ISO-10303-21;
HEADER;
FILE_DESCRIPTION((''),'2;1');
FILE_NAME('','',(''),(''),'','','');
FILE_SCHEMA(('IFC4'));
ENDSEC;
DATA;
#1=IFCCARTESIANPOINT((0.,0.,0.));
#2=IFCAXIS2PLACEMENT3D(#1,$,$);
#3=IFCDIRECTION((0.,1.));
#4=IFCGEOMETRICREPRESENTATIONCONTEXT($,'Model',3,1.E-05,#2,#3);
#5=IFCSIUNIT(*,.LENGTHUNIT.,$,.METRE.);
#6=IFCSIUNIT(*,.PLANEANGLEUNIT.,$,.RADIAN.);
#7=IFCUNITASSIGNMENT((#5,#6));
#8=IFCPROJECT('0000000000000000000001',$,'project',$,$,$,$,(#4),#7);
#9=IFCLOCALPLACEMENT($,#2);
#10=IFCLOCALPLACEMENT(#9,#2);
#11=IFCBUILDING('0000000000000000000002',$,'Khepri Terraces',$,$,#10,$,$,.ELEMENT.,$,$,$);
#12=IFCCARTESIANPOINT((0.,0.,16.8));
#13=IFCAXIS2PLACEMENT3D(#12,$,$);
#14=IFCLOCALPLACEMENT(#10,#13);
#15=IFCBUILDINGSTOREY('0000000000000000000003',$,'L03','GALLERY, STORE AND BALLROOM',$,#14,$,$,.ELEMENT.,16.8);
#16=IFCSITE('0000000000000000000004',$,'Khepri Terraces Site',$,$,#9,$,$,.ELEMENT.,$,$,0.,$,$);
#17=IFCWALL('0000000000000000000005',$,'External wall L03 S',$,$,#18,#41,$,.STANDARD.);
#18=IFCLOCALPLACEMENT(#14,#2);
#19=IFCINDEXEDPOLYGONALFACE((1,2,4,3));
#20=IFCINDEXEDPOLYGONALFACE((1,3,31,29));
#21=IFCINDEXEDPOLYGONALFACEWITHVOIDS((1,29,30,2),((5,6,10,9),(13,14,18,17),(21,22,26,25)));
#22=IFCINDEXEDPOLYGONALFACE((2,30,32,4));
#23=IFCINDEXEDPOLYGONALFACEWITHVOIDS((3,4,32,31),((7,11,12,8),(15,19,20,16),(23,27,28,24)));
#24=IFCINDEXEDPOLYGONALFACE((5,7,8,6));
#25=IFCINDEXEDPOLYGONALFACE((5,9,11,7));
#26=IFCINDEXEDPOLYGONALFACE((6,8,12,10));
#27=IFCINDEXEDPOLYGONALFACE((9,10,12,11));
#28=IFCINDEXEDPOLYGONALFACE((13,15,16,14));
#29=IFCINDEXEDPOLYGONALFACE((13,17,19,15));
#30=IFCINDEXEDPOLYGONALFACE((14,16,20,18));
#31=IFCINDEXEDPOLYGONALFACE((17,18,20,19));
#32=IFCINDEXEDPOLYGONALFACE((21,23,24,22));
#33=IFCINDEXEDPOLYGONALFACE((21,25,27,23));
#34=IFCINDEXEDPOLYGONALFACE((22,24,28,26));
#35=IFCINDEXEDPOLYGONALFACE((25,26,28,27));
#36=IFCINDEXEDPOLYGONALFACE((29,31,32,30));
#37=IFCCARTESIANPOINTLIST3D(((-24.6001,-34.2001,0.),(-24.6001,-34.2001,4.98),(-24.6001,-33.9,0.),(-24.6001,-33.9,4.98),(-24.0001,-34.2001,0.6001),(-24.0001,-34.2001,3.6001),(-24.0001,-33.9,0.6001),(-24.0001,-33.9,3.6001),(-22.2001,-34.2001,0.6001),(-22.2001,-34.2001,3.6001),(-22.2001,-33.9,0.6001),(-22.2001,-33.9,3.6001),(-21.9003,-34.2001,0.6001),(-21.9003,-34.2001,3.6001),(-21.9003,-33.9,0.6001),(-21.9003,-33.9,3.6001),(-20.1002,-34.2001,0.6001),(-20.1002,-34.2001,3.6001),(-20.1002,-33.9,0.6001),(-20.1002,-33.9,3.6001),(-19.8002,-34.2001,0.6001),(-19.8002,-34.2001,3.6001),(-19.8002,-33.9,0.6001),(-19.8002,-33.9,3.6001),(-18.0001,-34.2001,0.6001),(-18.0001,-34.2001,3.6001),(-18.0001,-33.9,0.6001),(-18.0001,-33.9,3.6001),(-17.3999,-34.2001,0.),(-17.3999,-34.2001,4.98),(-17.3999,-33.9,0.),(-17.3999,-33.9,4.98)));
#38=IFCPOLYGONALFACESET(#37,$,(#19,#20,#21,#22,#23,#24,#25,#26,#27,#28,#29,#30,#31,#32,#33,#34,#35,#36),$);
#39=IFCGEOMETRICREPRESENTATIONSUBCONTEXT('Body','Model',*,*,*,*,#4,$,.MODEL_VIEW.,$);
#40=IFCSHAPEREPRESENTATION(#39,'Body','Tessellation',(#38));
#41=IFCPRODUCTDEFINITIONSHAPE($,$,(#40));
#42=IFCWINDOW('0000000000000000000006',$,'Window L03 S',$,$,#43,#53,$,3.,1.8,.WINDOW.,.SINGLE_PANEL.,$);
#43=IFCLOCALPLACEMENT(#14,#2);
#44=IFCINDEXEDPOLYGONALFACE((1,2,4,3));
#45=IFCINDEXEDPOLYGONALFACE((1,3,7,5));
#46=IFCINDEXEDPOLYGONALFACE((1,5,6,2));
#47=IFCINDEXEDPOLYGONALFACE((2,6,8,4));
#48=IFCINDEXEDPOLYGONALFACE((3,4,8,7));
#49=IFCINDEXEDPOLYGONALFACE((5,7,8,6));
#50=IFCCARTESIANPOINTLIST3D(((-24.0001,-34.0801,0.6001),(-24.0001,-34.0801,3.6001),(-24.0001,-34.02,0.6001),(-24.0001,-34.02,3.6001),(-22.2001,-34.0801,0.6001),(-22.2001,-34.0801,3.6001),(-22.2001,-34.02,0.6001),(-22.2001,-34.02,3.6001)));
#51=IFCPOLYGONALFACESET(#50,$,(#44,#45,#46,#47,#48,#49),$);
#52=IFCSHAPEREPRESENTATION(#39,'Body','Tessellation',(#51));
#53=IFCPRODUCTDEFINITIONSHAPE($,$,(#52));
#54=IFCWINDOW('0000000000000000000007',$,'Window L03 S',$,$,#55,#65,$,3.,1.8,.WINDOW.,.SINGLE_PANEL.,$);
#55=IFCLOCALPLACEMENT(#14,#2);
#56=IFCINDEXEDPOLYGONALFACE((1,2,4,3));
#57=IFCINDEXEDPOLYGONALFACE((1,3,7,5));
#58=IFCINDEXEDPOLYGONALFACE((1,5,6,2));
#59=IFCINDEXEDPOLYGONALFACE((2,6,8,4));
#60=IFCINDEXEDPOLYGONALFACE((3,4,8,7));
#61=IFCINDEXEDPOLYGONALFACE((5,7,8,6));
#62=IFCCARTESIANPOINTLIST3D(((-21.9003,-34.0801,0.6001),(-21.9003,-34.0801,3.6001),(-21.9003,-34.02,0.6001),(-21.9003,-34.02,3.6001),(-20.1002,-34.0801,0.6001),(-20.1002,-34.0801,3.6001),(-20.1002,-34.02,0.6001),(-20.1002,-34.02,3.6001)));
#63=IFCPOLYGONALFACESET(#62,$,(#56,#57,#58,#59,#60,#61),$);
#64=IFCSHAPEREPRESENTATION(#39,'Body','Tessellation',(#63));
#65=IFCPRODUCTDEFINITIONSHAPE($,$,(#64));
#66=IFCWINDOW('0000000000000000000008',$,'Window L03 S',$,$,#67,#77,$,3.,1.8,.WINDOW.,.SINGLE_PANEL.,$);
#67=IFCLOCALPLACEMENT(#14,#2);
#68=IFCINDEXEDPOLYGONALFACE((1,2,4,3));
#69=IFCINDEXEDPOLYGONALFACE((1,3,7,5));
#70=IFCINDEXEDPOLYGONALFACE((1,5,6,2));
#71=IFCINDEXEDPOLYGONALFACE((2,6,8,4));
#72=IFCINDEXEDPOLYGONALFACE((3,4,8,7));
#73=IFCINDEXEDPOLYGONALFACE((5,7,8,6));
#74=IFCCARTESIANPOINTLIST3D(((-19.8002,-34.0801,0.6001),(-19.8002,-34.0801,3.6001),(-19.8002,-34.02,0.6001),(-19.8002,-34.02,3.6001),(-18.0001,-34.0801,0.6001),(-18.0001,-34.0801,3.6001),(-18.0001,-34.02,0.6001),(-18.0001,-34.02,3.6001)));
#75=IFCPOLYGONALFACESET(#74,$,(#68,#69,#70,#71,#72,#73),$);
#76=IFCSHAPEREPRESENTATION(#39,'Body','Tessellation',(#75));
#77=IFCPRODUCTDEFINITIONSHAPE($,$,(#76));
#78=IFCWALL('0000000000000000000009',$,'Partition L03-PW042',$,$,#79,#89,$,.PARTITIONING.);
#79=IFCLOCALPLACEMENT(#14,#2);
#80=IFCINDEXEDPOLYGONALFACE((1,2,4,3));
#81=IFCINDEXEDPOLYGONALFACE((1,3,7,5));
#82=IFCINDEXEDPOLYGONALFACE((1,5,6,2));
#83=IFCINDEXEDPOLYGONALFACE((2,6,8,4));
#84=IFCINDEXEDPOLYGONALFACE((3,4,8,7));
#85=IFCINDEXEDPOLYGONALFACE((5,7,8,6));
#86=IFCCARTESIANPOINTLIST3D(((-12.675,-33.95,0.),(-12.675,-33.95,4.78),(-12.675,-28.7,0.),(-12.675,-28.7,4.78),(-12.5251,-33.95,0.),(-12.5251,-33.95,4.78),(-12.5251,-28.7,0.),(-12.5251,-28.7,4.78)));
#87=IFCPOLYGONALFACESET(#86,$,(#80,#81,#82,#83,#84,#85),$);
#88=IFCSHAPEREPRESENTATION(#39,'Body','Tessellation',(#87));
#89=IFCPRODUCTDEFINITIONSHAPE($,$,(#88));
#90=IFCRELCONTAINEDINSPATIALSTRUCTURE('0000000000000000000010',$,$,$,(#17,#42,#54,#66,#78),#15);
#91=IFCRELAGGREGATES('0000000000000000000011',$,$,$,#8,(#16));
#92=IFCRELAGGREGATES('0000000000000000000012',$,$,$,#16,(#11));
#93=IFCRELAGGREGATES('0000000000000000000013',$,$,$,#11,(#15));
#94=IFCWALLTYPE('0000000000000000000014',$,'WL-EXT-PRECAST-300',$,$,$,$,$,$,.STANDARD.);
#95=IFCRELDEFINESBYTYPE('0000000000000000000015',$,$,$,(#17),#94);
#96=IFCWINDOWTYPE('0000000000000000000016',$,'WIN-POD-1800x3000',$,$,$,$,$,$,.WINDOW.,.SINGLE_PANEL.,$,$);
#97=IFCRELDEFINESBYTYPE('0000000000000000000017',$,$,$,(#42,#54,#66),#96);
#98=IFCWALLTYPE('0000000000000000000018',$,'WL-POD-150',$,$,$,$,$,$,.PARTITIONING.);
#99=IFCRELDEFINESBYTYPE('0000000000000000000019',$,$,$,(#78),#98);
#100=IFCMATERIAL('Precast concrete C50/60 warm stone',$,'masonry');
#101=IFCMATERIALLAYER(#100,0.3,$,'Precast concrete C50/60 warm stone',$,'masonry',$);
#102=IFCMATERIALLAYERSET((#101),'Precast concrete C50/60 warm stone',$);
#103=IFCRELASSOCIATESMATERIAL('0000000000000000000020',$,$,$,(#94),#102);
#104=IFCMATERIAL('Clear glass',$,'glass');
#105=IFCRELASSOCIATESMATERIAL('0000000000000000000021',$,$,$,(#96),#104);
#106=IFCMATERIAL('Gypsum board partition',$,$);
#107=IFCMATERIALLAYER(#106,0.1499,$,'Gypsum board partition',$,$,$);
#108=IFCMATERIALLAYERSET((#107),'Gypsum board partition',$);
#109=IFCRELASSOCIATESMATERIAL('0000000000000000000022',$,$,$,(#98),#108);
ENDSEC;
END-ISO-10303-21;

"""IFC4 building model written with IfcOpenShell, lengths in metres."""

from ifc_helpers import new_model, si_unit, direction, frame, frame_2d, origin, place, context, subcontext, project, spatial, rectangle, extrude, material, layer, layer_set, type_object, element, fill, save


model = new_model("IFC4")

# Units and contexts
model_context = context("Model", 3, precision=1e-05, world=origin(), true_north=direction((0.0, 1.0)))
body_context = subcontext(model_context, "Body", "Model", "MODEL_VIEW")
ifc_project = project(units=[si_unit("LENGTHUNIT", "METRE"), si_unit("PLANEANGLEUNIT", "RADIAN")], contexts=[model_context])

# Site, building, storey
site_placement = place(None, origin())
site = spatial("IfcSite", under=ifc_project, at=site_placement, Name="Khepri Terraces Site", CompositionType="ELEMENT", RefElevation=0.0)
building_placement = place(site_placement, origin())
building = spatial("IfcBuilding", under=site, at=building_placement, Name="Khepri Terraces", CompositionType="ELEMENT")
storey_placement = place(building_placement, frame((0.0, 0.0, 16.8)))
storey = spatial("IfcBuildingStorey", under=building, at=storey_placement, Name="L03", Description="GALLERY, STORE AND BALLROOM", CompositionType="ELEMENT", Elevation=16.8)

# Shared definitions
ifc_material_1 = material(Name="Clear glass", Category="glass")

# Wall, openings, windows
ifc_material_2 = material(Name="Precast concrete C50/60 warm stone", Category="masonry")
ifc_layer_1 = layer(ifc_material_2, 0.3, Name="Precast concrete C50/60 warm stone", Category="masonry")
ifc_layer_set_1 = layer_set([ifc_layer_1], Name="Precast concrete C50/60 warm stone")
wall_type_1 = type_object("IfcWallType", Name="WL-EXT-PRECAST-300", PredefinedType="STANDARD", material=ifc_layer_set_1)
wall_1_placement = place(storey_placement, frame((-24.6001, -34.05, 0.0), z_axis=(0.0, 0.0, 1.0), x_axis=(1.0, 0.0, 0.0)))
wall_1 = element("IfcWall", 1, at=wall_1_placement, inside=storey, type_object=wall_type_1, Name="External wall L03 S", PredefinedType="STANDARD", context=body_context, shape_type="SweptSolid", body=[
    extrude(rectangle(XDim=7.2002, YDim=0.3, at=frame_2d((3.6001, 0.0))), origin(), (0.0, 0.0, 1.0), 4.98),
])
opening_1_placement = place(wall_1_placement, frame((0.6001, 0.0, 0.6001)))
opening_1 = element("IfcOpeningElement", 2, at=opening_1_placement, cuts=wall_1, PredefinedType="OPENING", context=body_context, shape_type="SweptSolid", body=[
    extrude(rectangle(XDim=1.8, YDim=3.0, at=frame_2d((0.8999, 1.5))), frame((0.0, 0.1602, 0.0), z_axis=(0.0, -1.0, 0.0), x_axis=(1.0, 0.0, 0.0)), (0.0, 0.0, 1.0), 0.3201),
])
opening_2_placement = place(wall_1_placement, frame((2.7, 0.0, 0.6001)))
opening_2 = element("IfcOpeningElement", 3, at=opening_2_placement, cuts=wall_1, PredefinedType="OPENING", context=body_context, shape_type="SweptSolid", body=[
    extrude(rectangle(XDim=1.8, YDim=3.0, at=frame_2d((0.8999, 1.5))), frame((0.0, 0.1602, 0.0), z_axis=(0.0, -1.0, 0.0), x_axis=(1.0, 0.0, 0.0)), (0.0, 0.0, 1.0), 0.3201),
])
opening_3_placement = place(wall_1_placement, frame((4.8, 0.0, 0.6001)))
opening_3 = element("IfcOpeningElement", 4, at=opening_3_placement, cuts=wall_1, PredefinedType="OPENING", context=body_context, shape_type="SweptSolid", body=[
    extrude(rectangle(XDim=1.8, YDim=3.0, at=frame_2d((0.8999, 1.5))), frame((0.0, 0.1602, 0.0), z_axis=(0.0, -1.0, 0.0), x_axis=(1.0, 0.0, 0.0)), (0.0, 0.0, 1.0), 0.3201),
])
window_type = type_object("IfcWindowType", Name="WIN-POD-1800x3000", PartitioningType="SINGLE_PANEL", PredefinedType="WINDOW", material=ifc_material_1)
window_1_placement = place(opening_1_placement, origin())
window_1 = element("IfcWindow", 5, at=window_1_placement, inside=storey, type_object=window_type, Name="Window L03 S", OverallHeight=3.0, OverallWidth=1.8, PartitioningType="SINGLE_PANEL", PredefinedType="WINDOW", context=body_context, shape_type="SweptSolid", body=[
    extrude(rectangle(XDim=1.8, YDim=3.0, at=frame_2d((0.8999, 1.5))), frame((0.0, 0.03, 0.0), z_axis=(0.0, -1.0, 0.0), x_axis=(1.0, 0.0, 0.0)), (0.0, 0.0, 1.0), 0.0601),
])
fill(opening_1, window_1)
window_2_placement = place(opening_2_placement, origin())
window_2 = element("IfcWindow", 6, at=window_2_placement, inside=storey, type_object=window_type, Name="Window L03 S", OverallHeight=3.0, OverallWidth=1.8, PartitioningType="SINGLE_PANEL", PredefinedType="WINDOW", context=body_context, shape_type="SweptSolid", body=[
    extrude(rectangle(XDim=1.8, YDim=3.0, at=frame_2d((0.8999, 1.5))), frame((0.0, 0.03, 0.0), z_axis=(0.0, -1.0, 0.0), x_axis=(1.0, 0.0, 0.0)), (0.0, 0.0, 1.0), 0.0601),
])
fill(opening_2, window_2)
window_3_placement = place(opening_3_placement, origin())
window_3 = element("IfcWindow", 7, at=window_3_placement, inside=storey, type_object=window_type, Name="Window L03 S", OverallHeight=3.0, OverallWidth=1.8, PartitioningType="SINGLE_PANEL", PredefinedType="WINDOW", context=body_context, shape_type="SweptSolid", body=[
    extrude(rectangle(XDim=1.8, YDim=3.0, at=frame_2d((0.8999, 1.5))), frame((0.0, 0.03, 0.0), z_axis=(0.0, -1.0, 0.0), x_axis=(1.0, 0.0, 0.0)), (0.0, 0.0, 1.0), 0.0601),
])
fill(opening_3, window_3)

# Wall
ifc_material_3 = material(Name="Gypsum board partition")
ifc_layer_2 = layer(ifc_material_3, 0.1499, Name="Gypsum board partition")
ifc_layer_set_2 = layer_set([ifc_layer_2], Name="Gypsum board partition")
wall_type_2 = type_object("IfcWallType", Name="WL-POD-150", PredefinedType="PARTITIONING", material=ifc_layer_set_2)
wall_2_placement = place(storey_placement, frame((-12.6001, -33.95, 0.0), z_axis=(0.0, 0.0, 1.0), x_axis=(0.0, 1.0, 0.0)))
element("IfcWall", 8, at=wall_2_placement, inside=storey, type_object=wall_type_2, Name="Partition L03-PW042", PredefinedType="PARTITIONING", context=body_context, shape_type="SweptSolid", body=[
    extrude(rectangle(XDim=5.25, YDim=0.1499, at=frame_2d((2.625, 0.0))), origin(), (0.0, 0.0, 1.0), 4.78),
])

save(model, "model.ifc")
